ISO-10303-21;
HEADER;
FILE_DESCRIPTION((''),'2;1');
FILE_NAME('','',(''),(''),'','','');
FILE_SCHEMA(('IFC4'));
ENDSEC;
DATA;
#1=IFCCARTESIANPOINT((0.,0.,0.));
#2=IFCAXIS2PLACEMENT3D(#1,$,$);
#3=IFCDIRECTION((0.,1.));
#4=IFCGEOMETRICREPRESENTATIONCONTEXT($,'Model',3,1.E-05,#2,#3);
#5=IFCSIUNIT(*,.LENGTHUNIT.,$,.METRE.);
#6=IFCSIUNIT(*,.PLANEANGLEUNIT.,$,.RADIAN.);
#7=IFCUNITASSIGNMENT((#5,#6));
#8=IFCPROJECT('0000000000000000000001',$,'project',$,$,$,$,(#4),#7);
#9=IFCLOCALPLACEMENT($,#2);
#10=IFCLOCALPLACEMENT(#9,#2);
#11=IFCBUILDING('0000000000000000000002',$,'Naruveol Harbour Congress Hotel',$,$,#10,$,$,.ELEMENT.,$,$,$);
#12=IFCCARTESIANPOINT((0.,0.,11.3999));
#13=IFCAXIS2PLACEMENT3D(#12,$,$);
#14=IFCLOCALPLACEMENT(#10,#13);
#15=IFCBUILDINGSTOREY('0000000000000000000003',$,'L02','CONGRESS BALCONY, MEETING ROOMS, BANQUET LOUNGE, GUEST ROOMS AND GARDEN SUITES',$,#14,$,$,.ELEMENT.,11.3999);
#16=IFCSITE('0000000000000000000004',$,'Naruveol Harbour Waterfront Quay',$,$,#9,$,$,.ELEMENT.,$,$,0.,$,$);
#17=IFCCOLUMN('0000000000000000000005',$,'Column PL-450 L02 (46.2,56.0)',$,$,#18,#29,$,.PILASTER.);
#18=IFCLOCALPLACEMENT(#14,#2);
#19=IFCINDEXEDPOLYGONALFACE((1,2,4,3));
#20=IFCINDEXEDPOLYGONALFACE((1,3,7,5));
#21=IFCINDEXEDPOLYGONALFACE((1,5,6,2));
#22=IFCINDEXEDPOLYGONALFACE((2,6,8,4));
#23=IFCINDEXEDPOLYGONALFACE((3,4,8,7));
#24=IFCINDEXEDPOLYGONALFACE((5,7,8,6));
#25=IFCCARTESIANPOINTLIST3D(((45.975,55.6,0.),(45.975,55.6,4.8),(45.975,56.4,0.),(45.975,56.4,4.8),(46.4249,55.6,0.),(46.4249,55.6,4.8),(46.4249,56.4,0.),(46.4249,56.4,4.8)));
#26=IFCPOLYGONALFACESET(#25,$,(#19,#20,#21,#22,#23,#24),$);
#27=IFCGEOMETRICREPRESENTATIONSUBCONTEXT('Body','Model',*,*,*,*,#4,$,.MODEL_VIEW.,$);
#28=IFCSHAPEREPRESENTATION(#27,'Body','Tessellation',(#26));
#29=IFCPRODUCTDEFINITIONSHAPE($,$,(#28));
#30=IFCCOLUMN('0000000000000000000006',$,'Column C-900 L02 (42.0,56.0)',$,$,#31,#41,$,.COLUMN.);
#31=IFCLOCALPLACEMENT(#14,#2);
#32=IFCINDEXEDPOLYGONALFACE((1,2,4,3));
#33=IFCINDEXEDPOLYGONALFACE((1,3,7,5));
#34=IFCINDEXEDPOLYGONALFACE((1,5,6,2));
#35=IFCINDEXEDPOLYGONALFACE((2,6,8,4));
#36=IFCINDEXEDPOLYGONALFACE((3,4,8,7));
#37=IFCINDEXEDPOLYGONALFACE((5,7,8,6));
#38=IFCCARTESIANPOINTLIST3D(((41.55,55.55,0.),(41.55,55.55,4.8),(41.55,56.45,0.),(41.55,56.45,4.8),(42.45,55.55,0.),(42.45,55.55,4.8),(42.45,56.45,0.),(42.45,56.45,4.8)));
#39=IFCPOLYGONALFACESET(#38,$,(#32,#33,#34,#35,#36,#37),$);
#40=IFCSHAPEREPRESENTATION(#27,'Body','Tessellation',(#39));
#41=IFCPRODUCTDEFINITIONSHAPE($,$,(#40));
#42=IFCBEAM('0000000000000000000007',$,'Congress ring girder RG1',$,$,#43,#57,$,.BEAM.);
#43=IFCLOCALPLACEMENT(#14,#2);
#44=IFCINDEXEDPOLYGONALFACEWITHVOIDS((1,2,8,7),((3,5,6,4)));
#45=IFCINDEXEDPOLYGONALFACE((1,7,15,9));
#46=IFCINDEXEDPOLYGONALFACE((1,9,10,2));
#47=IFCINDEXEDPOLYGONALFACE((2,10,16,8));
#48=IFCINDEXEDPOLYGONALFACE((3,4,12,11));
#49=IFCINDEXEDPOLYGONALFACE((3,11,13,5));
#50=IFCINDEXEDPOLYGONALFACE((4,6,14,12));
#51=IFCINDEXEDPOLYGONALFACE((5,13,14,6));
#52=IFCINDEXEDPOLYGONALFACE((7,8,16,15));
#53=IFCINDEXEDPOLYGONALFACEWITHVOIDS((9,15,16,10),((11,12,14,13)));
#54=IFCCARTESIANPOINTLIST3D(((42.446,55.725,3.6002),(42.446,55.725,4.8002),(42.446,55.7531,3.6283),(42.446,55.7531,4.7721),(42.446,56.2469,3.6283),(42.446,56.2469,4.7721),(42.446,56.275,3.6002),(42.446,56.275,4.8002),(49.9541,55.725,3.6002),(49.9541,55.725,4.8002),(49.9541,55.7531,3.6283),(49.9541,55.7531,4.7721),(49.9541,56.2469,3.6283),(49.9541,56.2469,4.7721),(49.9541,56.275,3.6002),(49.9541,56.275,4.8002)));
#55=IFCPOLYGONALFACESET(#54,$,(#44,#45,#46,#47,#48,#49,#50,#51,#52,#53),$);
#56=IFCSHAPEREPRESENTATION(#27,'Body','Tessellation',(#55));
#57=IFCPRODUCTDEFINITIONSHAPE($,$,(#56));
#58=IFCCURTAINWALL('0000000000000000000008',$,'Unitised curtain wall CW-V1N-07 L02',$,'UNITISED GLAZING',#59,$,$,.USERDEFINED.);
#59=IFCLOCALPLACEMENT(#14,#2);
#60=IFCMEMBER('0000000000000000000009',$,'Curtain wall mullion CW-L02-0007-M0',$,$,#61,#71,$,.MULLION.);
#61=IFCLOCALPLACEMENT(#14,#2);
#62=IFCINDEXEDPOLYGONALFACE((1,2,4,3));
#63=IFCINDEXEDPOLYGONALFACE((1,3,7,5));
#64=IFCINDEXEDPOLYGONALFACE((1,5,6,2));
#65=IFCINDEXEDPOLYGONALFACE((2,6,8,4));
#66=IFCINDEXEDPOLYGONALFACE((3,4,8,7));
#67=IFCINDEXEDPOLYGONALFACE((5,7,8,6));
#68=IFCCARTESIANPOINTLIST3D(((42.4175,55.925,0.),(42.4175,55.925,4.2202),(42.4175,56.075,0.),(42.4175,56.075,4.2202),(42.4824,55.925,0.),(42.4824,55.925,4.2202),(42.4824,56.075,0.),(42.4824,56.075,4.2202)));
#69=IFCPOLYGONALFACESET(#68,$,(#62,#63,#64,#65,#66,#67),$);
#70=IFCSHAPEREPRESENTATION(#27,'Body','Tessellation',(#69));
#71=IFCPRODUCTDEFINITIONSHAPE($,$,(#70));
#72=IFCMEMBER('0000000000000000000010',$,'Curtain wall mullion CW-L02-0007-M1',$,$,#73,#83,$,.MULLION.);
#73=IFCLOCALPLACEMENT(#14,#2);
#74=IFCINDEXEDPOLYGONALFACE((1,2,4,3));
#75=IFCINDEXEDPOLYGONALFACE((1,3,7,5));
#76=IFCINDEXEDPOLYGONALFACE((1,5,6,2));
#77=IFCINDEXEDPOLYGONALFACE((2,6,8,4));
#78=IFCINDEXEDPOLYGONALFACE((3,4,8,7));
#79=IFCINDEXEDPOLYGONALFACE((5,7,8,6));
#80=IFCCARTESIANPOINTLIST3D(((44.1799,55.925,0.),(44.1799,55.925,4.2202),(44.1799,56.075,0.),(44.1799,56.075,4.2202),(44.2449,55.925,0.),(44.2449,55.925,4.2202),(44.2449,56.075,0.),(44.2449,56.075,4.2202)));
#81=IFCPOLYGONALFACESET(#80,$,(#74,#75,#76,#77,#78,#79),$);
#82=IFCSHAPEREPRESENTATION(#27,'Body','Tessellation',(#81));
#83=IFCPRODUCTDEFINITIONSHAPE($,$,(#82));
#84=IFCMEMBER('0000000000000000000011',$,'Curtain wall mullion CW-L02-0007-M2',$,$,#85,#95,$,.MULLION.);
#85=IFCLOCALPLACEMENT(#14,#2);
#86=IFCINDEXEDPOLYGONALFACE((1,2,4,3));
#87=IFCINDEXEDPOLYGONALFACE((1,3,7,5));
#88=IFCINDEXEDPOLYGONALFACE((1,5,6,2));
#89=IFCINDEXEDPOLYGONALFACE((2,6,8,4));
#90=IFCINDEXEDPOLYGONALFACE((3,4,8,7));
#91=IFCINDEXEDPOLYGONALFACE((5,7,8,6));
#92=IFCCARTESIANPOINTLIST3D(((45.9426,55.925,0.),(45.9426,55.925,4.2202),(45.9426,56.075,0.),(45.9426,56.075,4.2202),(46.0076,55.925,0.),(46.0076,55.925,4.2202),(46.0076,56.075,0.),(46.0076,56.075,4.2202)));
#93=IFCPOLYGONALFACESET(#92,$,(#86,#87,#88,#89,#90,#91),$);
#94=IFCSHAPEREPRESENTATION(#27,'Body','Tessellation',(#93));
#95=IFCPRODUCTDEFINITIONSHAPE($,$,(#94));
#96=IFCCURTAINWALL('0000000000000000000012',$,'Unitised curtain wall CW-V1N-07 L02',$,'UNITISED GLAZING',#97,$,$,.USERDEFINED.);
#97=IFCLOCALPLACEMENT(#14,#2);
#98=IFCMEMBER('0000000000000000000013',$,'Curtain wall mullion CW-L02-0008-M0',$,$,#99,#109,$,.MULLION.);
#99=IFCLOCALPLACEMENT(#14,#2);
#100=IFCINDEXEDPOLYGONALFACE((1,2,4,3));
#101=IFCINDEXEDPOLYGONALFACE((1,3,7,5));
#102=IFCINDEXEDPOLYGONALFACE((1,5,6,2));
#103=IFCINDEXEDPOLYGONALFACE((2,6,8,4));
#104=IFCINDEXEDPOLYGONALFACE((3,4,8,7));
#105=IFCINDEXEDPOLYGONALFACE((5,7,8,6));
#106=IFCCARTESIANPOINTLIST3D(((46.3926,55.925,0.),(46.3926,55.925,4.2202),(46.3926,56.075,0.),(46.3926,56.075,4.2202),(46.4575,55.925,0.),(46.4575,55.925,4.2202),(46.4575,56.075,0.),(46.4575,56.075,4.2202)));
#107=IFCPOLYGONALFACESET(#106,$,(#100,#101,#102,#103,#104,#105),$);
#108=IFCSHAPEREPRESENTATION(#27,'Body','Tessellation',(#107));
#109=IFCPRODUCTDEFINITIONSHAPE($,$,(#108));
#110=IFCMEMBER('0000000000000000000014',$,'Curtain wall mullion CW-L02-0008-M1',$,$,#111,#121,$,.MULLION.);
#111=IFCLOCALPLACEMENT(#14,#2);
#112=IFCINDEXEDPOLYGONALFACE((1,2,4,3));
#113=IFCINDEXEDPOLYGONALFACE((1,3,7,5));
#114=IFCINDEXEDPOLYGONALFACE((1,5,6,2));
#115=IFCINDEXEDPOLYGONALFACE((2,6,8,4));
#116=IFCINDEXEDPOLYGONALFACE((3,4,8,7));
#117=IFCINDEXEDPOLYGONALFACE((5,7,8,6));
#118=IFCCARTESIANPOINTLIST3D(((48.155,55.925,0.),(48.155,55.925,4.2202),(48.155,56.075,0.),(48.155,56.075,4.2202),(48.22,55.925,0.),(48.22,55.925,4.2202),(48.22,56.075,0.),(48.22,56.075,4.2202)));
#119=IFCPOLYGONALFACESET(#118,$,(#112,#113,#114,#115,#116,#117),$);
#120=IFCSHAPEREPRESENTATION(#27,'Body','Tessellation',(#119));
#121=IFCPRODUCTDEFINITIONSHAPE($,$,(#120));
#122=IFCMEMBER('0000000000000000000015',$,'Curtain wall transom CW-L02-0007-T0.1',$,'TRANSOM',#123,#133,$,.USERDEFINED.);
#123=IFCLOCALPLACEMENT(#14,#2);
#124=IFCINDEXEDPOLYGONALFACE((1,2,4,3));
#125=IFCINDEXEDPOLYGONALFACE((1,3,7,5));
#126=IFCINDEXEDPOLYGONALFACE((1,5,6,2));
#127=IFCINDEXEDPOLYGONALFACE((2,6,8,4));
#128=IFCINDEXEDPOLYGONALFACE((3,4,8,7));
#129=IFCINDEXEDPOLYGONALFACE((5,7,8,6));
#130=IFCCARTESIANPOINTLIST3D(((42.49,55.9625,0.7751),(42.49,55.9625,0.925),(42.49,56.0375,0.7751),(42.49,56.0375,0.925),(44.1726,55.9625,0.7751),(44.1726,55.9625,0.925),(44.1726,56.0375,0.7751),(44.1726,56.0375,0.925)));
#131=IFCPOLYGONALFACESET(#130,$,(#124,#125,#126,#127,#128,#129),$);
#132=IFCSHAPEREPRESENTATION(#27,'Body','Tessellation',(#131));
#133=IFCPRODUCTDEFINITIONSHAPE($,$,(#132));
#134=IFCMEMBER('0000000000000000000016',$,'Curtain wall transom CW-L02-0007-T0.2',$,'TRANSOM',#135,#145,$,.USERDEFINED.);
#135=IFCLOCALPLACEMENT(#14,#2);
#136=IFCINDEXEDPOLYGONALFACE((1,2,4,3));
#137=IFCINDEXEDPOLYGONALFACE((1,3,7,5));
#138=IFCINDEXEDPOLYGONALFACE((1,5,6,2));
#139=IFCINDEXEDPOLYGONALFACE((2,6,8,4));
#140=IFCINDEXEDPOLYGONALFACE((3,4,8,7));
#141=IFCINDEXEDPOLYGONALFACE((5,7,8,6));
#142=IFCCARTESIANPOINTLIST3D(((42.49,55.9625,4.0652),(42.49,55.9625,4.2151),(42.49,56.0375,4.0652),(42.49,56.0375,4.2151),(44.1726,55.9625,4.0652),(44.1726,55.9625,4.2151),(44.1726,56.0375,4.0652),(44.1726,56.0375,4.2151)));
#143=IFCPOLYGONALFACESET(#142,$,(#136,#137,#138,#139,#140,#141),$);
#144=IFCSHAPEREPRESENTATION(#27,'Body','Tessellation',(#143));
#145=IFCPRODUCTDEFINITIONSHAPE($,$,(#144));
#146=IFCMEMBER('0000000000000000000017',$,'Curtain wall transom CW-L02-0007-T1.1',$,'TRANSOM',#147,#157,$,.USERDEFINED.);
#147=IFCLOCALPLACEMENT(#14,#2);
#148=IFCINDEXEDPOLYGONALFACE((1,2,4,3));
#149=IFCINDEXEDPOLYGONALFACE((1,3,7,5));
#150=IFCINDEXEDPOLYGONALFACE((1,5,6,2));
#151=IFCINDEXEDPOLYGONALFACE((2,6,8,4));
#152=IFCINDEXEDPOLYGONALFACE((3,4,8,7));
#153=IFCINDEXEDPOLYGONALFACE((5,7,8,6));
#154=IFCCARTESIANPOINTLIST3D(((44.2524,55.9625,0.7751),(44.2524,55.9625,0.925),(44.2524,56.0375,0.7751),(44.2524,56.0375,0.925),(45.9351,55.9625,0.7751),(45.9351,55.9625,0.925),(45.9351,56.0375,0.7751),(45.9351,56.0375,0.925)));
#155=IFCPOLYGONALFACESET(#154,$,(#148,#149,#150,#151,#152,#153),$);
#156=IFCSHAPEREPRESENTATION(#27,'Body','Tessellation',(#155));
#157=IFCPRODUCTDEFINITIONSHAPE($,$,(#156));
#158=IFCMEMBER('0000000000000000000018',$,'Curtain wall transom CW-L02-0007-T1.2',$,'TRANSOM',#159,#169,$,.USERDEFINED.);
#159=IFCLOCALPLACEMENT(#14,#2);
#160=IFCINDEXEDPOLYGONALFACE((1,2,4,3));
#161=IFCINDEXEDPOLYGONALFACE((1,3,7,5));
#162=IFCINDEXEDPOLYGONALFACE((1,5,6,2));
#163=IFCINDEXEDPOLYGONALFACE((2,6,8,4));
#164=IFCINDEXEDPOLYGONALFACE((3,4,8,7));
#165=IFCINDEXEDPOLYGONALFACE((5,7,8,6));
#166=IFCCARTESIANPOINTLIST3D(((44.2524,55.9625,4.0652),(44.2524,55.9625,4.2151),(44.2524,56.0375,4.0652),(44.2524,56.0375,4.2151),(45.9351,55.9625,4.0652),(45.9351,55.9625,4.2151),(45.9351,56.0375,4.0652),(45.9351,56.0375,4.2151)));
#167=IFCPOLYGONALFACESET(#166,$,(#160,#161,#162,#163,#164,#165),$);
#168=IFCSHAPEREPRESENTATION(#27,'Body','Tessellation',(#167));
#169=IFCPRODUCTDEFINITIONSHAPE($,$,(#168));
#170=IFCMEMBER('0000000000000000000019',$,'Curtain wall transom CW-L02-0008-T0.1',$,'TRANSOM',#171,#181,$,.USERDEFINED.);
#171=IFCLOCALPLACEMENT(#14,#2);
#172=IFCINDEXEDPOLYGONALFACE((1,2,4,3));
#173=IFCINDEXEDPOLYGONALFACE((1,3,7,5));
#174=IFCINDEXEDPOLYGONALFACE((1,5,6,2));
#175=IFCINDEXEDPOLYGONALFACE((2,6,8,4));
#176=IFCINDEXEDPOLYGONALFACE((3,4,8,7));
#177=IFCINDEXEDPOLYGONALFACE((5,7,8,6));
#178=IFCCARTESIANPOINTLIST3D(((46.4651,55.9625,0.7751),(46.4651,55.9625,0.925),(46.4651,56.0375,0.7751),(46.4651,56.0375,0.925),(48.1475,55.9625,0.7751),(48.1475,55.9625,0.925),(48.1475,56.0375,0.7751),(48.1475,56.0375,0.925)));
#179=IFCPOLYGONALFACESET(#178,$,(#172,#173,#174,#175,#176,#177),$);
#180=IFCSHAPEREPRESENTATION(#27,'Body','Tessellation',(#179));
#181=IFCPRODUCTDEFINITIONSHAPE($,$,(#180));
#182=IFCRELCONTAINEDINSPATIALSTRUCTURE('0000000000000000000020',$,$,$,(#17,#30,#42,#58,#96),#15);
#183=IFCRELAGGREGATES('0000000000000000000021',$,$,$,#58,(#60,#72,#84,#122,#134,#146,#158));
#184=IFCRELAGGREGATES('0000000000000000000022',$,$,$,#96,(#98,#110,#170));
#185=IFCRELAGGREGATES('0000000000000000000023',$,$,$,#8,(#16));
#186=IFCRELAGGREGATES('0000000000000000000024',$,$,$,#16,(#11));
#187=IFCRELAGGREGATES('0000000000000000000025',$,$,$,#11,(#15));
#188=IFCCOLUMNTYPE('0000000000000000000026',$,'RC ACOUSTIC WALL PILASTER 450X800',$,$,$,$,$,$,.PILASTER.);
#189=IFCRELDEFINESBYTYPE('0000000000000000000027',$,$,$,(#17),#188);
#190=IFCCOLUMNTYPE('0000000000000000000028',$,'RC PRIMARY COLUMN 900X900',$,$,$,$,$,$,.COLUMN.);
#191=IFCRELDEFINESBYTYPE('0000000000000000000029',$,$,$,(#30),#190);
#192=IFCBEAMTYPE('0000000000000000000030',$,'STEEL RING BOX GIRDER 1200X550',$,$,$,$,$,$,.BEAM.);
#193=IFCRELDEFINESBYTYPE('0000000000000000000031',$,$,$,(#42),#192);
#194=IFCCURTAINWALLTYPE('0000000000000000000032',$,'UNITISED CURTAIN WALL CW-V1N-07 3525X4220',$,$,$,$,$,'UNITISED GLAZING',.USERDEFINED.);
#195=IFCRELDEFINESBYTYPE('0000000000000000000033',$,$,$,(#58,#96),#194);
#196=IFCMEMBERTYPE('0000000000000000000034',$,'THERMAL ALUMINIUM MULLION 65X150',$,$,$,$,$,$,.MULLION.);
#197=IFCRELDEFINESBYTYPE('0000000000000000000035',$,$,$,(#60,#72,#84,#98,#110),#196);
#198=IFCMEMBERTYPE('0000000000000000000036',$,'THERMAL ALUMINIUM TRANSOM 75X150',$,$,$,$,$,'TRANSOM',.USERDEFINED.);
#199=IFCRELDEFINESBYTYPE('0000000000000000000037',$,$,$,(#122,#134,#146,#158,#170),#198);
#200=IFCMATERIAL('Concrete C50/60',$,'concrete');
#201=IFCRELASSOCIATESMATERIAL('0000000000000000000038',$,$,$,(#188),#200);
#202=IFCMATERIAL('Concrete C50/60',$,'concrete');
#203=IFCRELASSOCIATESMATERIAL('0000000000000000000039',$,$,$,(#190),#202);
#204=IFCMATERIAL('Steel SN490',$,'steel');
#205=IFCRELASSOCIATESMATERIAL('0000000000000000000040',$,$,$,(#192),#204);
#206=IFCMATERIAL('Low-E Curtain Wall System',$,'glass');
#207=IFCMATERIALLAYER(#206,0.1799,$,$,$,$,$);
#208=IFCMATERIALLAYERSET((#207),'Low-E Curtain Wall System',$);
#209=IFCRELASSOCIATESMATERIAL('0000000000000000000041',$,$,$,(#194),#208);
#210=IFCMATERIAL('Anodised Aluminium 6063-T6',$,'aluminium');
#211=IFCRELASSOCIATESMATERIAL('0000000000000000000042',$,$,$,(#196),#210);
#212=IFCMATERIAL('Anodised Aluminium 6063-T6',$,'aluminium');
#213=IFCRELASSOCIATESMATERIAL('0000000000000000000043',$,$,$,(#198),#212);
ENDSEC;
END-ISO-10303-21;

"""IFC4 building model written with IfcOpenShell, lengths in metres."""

from ifc_helpers import new_model, si_unit, direction, frame, origin, origin_2d, place, context, subcontext, project, spatial, rectangle, hollow_rectangle, extrude, material, layer, layer_set, material_profile, profile_set, type_object, element, aggregate, save


model = new_model("IFC4")

# Units and contexts
model_context = context("Model", 3, precision=1e-05, world=origin(), true_north=direction((0.0, 1.0)))
body_context = subcontext(model_context, "Body", "Model", "MODEL_VIEW")
ifc_project = project(units=[si_unit("LENGTHUNIT", "METRE"), si_unit("PLANEANGLEUNIT", "RADIAN")], contexts=[model_context])

# Site, building, storey
site_placement = place(None, origin())
site = spatial("IfcSite", under=ifc_project, at=site_placement, Name="Naruveol Harbour Waterfront Quay", CompositionType="ELEMENT", RefElevation=0.0)
building_placement = place(site_placement, origin())
building = spatial("IfcBuilding", under=site, at=building_placement, Name="Naruveol Harbour Congress Hotel", CompositionType="ELEMENT")
storey_placement = place(building_placement, frame((0.0, 0.0, 11.3999)))
storey = spatial("IfcBuildingStorey", under=building, at=storey_placement, Name="L02", Description="CONGRESS BALCONY, MEETING ROOMS, BANQUET LOUNGE, GUEST ROOMS AND GARDEN SUITES", CompositionType="ELEMENT", Elevation=11.3999)

# Columns
ifc_material_1 = material(Name="Concrete C50/60", Category="concrete")
ifc_material_profile_1 = material_profile(ifc_material_1, rectangle(XDim=0.45, YDim=0.8, at=origin_2d()), Name="RC-450x800")
ifc_profile_set_1 = profile_set([ifc_material_profile_1], Name="Concrete C50/60")
column_type_1 = type_object("IfcColumnType", Name="RC ACOUSTIC WALL PILASTER 450X800", PredefinedType="PILASTER", material=ifc_profile_set_1)
column_1_placement = place(storey_placement, frame((46.2, 56.0, 0.0), z_axis=(0.0, 0.0, 1.0), x_axis=(1.0, 0.0, 0.0)))
element("IfcColumn", 1, at=column_1_placement, inside=storey, type_object=column_type_1, Name="Column PL-450 L02 (46.2,56.0)", PredefinedType="PILASTER", context=body_context, shape_type="SweptSolid", body=[
    extrude(rectangle(XDim=0.45, YDim=0.8, at=origin_2d()), origin(), (0.0, 0.0, 1.0), 4.8),
])
ifc_material_2 = material(Name="Concrete C50/60", Category="concrete")
ifc_material_profile_2 = material_profile(ifc_material_2, rectangle(XDim=0.8999, YDim=0.8999, at=origin_2d()), Name="RC-900x900")
ifc_profile_set_2 = profile_set([ifc_material_profile_2], Name="Concrete C50/60")
column_type_2 = type_object("IfcColumnType", Name="RC PRIMARY COLUMN 900X900", PredefinedType="COLUMN", material=ifc_profile_set_2)
column_2_placement = place(storey_placement, frame((42.0, 56.0, 0.0), z_axis=(0.0, 0.0, 1.0), x_axis=(1.0, 0.0, 0.0)))
element("IfcColumn", 2, at=column_2_placement, inside=storey, type_object=column_type_2, Name="Column C-900 L02 (42.0,56.0)", PredefinedType="COLUMN", context=body_context, shape_type="SweptSolid", body=[
    extrude(rectangle(XDim=0.8999, YDim=0.8999, at=origin_2d()), origin(), (0.0, 0.0, 1.0), 4.8),
])

# Beam
ifc_material_3 = material(Name="Steel SN490", Category="steel")
ifc_material_profile_3 = material_profile(ifc_material_3, hollow_rectangle(XDim=0.55, YDim=1.2, WallThickness=0.0281, at=origin_2d()), Name="RHS-1200x550x28")
ifc_profile_set_3 = profile_set([ifc_material_profile_3], Name="Steel SN490")
beam_type = type_object("IfcBeamType", Name="STEEL RING BOX GIRDER 1200X550", PredefinedType="BEAM", material=ifc_profile_set_3)
beam_placement = place(storey_placement, frame((42.446, 56.0, 4.2002), z_axis=(1.0, 0.0, 0.0), x_axis=(0.0, 1.0, 0.0)))
element("IfcBeam", 3, at=beam_placement, inside=storey, type_object=beam_type, Name="Congress ring girder RG1", PredefinedType="BEAM", context=body_context, shape_type="SweptSolid", body=[
    extrude(hollow_rectangle(XDim=0.55, YDim=1.2, WallThickness=0.0281, at=origin_2d()), origin(), (0.0, 0.0, 1.0), 7.5081),
])

# Curtain walls, members
ifc_material_4 = material(Name="Low-E Curtain Wall System", Category="glass")
ifc_layer_1 = layer(ifc_material_4, 0.1799)
ifc_layer_set_1 = layer_set([ifc_layer_1], Name="Low-E Curtain Wall System")
curtain_wall_type = type_object("IfcCurtainWallType", Name="UNITISED CURTAIN WALL CW-V1N-07 3525X4220", ElementType="UNITISED GLAZING", PredefinedType="USERDEFINED", material=ifc_layer_set_1)
curtain_wall_1_placement = place(storey_placement, origin())
curtain_wall_1 = element("IfcCurtainWall", 4, at=curtain_wall_1_placement, inside=storey, type_object=curtain_wall_type, Name="Unitised curtain wall CW-V1N-07 L02", ObjectType="UNITISED GLAZING", PredefinedType="USERDEFINED")
ifc_material_5 = material(Name="Anodised Aluminium 6063-T6", Category="aluminium")
ifc_material_profile_4 = material_profile(ifc_material_5, rectangle(XDim=0.0649, YDim=0.1499, at=origin_2d()), Name="ALU-65x150")
ifc_profile_set_4 = profile_set([ifc_material_profile_4], Name="Anodised Aluminium 6063-T6")
member_type_1 = type_object("IfcMemberType", Name="THERMAL ALUMINIUM MULLION 65X150", PredefinedType="MULLION", material=ifc_profile_set_4)
member_1_placement = place(storey_placement, frame((42.45, 56.0, 0.0), z_axis=(0.0, 0.0, 1.0), x_axis=(1.0, 0.0, 0.0)))
member_1 = element("IfcMember", 5, at=member_1_placement, type_object=member_type_1, Name="Curtain wall mullion CW-L02-0007-M0", PredefinedType="MULLION", context=body_context, shape_type="SweptSolid", body=[
    extrude(rectangle(XDim=0.0649, YDim=0.1499, at=origin_2d()), origin(), (0.0, 0.0, 1.0), 4.2202),
])
member_2_placement = place(storey_placement, frame((44.2124, 56.0, 0.0), z_axis=(0.0, 0.0, 1.0), x_axis=(1.0, 0.0, 0.0)))
member_2 = element("IfcMember", 6, at=member_2_placement, type_object=member_type_1, Name="Curtain wall mullion CW-L02-0007-M1", PredefinedType="MULLION", context=body_context, shape_type="SweptSolid", body=[
    extrude(rectangle(XDim=0.0649, YDim=0.1499, at=origin_2d()), origin(), (0.0, 0.0, 1.0), 4.2202),
])
member_3_placement = place(storey_placement, frame((45.9751, 56.0, 0.0), z_axis=(0.0, 0.0, 1.0), x_axis=(1.0, 0.0, 0.0)))
member_3 = element("IfcMember", 7, at=member_3_placement, type_object=member_type_1, Name="Curtain wall mullion CW-L02-0007-M2", PredefinedType="MULLION", context=body_context, shape_type="SweptSolid", body=[
    extrude(rectangle(XDim=0.0649, YDim=0.1499, at=origin_2d()), origin(), (0.0, 0.0, 1.0), 4.2202),
])
curtain_wall_2_placement = place(storey_placement, origin())
curtain_wall_2 = element("IfcCurtainWall", 8, at=curtain_wall_2_placement, inside=storey, type_object=curtain_wall_type, Name="Unitised curtain wall CW-V1N-07 L02", ObjectType="UNITISED GLAZING", PredefinedType="USERDEFINED")
member_4_placement = place(storey_placement, frame((46.425, 56.0, 0.0), z_axis=(0.0, 0.0, 1.0), x_axis=(1.0, 0.0, 0.0)))
member_4 = element("IfcMember", 9, at=member_4_placement, type_object=member_type_1, Name="Curtain wall mullion CW-L02-0008-M0", PredefinedType="MULLION", context=body_context, shape_type="SweptSolid", body=[
    extrude(rectangle(XDim=0.0649, YDim=0.1499, at=origin_2d()), origin(), (0.0, 0.0, 1.0), 4.2202),
])
member_5_placement = place(storey_placement, frame((48.1875, 56.0, 0.0), z_axis=(0.0, 0.0, 1.0), x_axis=(1.0, 0.0, 0.0)))
member_5 = element("IfcMember", 10, at=member_5_placement, type_object=member_type_1, Name="Curtain wall mullion CW-L02-0008-M1", PredefinedType="MULLION", context=body_context, shape_type="SweptSolid", body=[
    extrude(rectangle(XDim=0.0649, YDim=0.1499, at=origin_2d()), origin(), (0.0, 0.0, 1.0), 4.2202),
])

# Members
ifc_material_6 = material(Name="Anodised Aluminium 6063-T6", Category="aluminium")
ifc_material_profile_5 = material_profile(ifc_material_6, rectangle(XDim=0.075, YDim=0.1499, at=origin_2d()), Name="ALU-75x150")
ifc_profile_set_5 = profile_set([ifc_material_profile_5], Name="Anodised Aluminium 6063-T6")
member_type_2 = type_object("IfcMemberType", Name="THERMAL ALUMINIUM TRANSOM 75X150", ElementType="TRANSOM", PredefinedType="USERDEFINED", material=ifc_profile_set_5)
member_6_placement = place(storey_placement, frame((42.49, 56.0, 0.8501), z_axis=(1.0, 0.0, 0.0), x_axis=(0.0, 1.0, 0.0)))
member_6 = element("IfcMember", 11, at=member_6_placement, type_object=member_type_2, Name="Curtain wall transom CW-L02-0007-T0.1", ObjectType="TRANSOM", PredefinedType="USERDEFINED", context=body_context, shape_type="SweptSolid", body=[
    extrude(rectangle(XDim=0.075, YDim=0.1499, at=origin_2d()), origin(), (0.0, 0.0, 1.0), 1.6826),
])
member_7_placement = place(storey_placement, frame((42.49, 56.0, 4.1401), z_axis=(1.0, 0.0, 0.0), x_axis=(0.0, 1.0, 0.0)))
member_7 = element("IfcMember", 12, at=member_7_placement, type_object=member_type_2, Name="Curtain wall transom CW-L02-0007-T0.2", ObjectType="TRANSOM", PredefinedType="USERDEFINED", context=body_context, shape_type="SweptSolid", body=[
    extrude(rectangle(XDim=0.075, YDim=0.1499, at=origin_2d()), origin(), (0.0, 0.0, 1.0), 1.6826),
])
member_8_placement = place(storey_placement, frame((44.2524, 56.0, 0.8501), z_axis=(1.0, 0.0, 0.0), x_axis=(0.0, 1.0, 0.0)))
member_8 = element("IfcMember", 13, at=member_8_placement, type_object=member_type_2, Name="Curtain wall transom CW-L02-0007-T1.1", ObjectType="TRANSOM", PredefinedType="USERDEFINED", context=body_context, shape_type="SweptSolid", body=[
    extrude(rectangle(XDim=0.075, YDim=0.1499, at=origin_2d()), origin(), (0.0, 0.0, 1.0), 1.6826),
])
member_9_placement = place(storey_placement, frame((44.2524, 56.0, 4.1401), z_axis=(1.0, 0.0, 0.0), x_axis=(0.0, 1.0, 0.0)))
member_9 = element("IfcMember", 14, at=member_9_placement, type_object=member_type_2, Name="Curtain wall transom CW-L02-0007-T1.2", ObjectType="TRANSOM", PredefinedType="USERDEFINED", context=body_context, shape_type="SweptSolid", body=[
    extrude(rectangle(XDim=0.075, YDim=0.1499, at=origin_2d()), origin(), (0.0, 0.0, 1.0), 1.6826),
])
member_10_placement = place(storey_placement, frame((46.4651, 56.0, 0.8501), z_axis=(1.0, 0.0, 0.0), x_axis=(0.0, 1.0, 0.0)))
member_10 = element("IfcMember", 15, at=member_10_placement, type_object=member_type_2, Name="Curtain wall transom CW-L02-0008-T0.1", ObjectType="TRANSOM", PredefinedType="USERDEFINED", context=body_context, shape_type="SweptSolid", body=[
    extrude(rectangle(XDim=0.075, YDim=0.1499, at=origin_2d()), origin(), (0.0, 0.0, 1.0), 1.6824),
])

aggregate(curtain_wall_1, [member_1, member_2, member_3, member_6, member_7, member_8, member_9])
aggregate(curtain_wall_2, [member_4, member_5, member_10])

save(model, "model.ifc")
